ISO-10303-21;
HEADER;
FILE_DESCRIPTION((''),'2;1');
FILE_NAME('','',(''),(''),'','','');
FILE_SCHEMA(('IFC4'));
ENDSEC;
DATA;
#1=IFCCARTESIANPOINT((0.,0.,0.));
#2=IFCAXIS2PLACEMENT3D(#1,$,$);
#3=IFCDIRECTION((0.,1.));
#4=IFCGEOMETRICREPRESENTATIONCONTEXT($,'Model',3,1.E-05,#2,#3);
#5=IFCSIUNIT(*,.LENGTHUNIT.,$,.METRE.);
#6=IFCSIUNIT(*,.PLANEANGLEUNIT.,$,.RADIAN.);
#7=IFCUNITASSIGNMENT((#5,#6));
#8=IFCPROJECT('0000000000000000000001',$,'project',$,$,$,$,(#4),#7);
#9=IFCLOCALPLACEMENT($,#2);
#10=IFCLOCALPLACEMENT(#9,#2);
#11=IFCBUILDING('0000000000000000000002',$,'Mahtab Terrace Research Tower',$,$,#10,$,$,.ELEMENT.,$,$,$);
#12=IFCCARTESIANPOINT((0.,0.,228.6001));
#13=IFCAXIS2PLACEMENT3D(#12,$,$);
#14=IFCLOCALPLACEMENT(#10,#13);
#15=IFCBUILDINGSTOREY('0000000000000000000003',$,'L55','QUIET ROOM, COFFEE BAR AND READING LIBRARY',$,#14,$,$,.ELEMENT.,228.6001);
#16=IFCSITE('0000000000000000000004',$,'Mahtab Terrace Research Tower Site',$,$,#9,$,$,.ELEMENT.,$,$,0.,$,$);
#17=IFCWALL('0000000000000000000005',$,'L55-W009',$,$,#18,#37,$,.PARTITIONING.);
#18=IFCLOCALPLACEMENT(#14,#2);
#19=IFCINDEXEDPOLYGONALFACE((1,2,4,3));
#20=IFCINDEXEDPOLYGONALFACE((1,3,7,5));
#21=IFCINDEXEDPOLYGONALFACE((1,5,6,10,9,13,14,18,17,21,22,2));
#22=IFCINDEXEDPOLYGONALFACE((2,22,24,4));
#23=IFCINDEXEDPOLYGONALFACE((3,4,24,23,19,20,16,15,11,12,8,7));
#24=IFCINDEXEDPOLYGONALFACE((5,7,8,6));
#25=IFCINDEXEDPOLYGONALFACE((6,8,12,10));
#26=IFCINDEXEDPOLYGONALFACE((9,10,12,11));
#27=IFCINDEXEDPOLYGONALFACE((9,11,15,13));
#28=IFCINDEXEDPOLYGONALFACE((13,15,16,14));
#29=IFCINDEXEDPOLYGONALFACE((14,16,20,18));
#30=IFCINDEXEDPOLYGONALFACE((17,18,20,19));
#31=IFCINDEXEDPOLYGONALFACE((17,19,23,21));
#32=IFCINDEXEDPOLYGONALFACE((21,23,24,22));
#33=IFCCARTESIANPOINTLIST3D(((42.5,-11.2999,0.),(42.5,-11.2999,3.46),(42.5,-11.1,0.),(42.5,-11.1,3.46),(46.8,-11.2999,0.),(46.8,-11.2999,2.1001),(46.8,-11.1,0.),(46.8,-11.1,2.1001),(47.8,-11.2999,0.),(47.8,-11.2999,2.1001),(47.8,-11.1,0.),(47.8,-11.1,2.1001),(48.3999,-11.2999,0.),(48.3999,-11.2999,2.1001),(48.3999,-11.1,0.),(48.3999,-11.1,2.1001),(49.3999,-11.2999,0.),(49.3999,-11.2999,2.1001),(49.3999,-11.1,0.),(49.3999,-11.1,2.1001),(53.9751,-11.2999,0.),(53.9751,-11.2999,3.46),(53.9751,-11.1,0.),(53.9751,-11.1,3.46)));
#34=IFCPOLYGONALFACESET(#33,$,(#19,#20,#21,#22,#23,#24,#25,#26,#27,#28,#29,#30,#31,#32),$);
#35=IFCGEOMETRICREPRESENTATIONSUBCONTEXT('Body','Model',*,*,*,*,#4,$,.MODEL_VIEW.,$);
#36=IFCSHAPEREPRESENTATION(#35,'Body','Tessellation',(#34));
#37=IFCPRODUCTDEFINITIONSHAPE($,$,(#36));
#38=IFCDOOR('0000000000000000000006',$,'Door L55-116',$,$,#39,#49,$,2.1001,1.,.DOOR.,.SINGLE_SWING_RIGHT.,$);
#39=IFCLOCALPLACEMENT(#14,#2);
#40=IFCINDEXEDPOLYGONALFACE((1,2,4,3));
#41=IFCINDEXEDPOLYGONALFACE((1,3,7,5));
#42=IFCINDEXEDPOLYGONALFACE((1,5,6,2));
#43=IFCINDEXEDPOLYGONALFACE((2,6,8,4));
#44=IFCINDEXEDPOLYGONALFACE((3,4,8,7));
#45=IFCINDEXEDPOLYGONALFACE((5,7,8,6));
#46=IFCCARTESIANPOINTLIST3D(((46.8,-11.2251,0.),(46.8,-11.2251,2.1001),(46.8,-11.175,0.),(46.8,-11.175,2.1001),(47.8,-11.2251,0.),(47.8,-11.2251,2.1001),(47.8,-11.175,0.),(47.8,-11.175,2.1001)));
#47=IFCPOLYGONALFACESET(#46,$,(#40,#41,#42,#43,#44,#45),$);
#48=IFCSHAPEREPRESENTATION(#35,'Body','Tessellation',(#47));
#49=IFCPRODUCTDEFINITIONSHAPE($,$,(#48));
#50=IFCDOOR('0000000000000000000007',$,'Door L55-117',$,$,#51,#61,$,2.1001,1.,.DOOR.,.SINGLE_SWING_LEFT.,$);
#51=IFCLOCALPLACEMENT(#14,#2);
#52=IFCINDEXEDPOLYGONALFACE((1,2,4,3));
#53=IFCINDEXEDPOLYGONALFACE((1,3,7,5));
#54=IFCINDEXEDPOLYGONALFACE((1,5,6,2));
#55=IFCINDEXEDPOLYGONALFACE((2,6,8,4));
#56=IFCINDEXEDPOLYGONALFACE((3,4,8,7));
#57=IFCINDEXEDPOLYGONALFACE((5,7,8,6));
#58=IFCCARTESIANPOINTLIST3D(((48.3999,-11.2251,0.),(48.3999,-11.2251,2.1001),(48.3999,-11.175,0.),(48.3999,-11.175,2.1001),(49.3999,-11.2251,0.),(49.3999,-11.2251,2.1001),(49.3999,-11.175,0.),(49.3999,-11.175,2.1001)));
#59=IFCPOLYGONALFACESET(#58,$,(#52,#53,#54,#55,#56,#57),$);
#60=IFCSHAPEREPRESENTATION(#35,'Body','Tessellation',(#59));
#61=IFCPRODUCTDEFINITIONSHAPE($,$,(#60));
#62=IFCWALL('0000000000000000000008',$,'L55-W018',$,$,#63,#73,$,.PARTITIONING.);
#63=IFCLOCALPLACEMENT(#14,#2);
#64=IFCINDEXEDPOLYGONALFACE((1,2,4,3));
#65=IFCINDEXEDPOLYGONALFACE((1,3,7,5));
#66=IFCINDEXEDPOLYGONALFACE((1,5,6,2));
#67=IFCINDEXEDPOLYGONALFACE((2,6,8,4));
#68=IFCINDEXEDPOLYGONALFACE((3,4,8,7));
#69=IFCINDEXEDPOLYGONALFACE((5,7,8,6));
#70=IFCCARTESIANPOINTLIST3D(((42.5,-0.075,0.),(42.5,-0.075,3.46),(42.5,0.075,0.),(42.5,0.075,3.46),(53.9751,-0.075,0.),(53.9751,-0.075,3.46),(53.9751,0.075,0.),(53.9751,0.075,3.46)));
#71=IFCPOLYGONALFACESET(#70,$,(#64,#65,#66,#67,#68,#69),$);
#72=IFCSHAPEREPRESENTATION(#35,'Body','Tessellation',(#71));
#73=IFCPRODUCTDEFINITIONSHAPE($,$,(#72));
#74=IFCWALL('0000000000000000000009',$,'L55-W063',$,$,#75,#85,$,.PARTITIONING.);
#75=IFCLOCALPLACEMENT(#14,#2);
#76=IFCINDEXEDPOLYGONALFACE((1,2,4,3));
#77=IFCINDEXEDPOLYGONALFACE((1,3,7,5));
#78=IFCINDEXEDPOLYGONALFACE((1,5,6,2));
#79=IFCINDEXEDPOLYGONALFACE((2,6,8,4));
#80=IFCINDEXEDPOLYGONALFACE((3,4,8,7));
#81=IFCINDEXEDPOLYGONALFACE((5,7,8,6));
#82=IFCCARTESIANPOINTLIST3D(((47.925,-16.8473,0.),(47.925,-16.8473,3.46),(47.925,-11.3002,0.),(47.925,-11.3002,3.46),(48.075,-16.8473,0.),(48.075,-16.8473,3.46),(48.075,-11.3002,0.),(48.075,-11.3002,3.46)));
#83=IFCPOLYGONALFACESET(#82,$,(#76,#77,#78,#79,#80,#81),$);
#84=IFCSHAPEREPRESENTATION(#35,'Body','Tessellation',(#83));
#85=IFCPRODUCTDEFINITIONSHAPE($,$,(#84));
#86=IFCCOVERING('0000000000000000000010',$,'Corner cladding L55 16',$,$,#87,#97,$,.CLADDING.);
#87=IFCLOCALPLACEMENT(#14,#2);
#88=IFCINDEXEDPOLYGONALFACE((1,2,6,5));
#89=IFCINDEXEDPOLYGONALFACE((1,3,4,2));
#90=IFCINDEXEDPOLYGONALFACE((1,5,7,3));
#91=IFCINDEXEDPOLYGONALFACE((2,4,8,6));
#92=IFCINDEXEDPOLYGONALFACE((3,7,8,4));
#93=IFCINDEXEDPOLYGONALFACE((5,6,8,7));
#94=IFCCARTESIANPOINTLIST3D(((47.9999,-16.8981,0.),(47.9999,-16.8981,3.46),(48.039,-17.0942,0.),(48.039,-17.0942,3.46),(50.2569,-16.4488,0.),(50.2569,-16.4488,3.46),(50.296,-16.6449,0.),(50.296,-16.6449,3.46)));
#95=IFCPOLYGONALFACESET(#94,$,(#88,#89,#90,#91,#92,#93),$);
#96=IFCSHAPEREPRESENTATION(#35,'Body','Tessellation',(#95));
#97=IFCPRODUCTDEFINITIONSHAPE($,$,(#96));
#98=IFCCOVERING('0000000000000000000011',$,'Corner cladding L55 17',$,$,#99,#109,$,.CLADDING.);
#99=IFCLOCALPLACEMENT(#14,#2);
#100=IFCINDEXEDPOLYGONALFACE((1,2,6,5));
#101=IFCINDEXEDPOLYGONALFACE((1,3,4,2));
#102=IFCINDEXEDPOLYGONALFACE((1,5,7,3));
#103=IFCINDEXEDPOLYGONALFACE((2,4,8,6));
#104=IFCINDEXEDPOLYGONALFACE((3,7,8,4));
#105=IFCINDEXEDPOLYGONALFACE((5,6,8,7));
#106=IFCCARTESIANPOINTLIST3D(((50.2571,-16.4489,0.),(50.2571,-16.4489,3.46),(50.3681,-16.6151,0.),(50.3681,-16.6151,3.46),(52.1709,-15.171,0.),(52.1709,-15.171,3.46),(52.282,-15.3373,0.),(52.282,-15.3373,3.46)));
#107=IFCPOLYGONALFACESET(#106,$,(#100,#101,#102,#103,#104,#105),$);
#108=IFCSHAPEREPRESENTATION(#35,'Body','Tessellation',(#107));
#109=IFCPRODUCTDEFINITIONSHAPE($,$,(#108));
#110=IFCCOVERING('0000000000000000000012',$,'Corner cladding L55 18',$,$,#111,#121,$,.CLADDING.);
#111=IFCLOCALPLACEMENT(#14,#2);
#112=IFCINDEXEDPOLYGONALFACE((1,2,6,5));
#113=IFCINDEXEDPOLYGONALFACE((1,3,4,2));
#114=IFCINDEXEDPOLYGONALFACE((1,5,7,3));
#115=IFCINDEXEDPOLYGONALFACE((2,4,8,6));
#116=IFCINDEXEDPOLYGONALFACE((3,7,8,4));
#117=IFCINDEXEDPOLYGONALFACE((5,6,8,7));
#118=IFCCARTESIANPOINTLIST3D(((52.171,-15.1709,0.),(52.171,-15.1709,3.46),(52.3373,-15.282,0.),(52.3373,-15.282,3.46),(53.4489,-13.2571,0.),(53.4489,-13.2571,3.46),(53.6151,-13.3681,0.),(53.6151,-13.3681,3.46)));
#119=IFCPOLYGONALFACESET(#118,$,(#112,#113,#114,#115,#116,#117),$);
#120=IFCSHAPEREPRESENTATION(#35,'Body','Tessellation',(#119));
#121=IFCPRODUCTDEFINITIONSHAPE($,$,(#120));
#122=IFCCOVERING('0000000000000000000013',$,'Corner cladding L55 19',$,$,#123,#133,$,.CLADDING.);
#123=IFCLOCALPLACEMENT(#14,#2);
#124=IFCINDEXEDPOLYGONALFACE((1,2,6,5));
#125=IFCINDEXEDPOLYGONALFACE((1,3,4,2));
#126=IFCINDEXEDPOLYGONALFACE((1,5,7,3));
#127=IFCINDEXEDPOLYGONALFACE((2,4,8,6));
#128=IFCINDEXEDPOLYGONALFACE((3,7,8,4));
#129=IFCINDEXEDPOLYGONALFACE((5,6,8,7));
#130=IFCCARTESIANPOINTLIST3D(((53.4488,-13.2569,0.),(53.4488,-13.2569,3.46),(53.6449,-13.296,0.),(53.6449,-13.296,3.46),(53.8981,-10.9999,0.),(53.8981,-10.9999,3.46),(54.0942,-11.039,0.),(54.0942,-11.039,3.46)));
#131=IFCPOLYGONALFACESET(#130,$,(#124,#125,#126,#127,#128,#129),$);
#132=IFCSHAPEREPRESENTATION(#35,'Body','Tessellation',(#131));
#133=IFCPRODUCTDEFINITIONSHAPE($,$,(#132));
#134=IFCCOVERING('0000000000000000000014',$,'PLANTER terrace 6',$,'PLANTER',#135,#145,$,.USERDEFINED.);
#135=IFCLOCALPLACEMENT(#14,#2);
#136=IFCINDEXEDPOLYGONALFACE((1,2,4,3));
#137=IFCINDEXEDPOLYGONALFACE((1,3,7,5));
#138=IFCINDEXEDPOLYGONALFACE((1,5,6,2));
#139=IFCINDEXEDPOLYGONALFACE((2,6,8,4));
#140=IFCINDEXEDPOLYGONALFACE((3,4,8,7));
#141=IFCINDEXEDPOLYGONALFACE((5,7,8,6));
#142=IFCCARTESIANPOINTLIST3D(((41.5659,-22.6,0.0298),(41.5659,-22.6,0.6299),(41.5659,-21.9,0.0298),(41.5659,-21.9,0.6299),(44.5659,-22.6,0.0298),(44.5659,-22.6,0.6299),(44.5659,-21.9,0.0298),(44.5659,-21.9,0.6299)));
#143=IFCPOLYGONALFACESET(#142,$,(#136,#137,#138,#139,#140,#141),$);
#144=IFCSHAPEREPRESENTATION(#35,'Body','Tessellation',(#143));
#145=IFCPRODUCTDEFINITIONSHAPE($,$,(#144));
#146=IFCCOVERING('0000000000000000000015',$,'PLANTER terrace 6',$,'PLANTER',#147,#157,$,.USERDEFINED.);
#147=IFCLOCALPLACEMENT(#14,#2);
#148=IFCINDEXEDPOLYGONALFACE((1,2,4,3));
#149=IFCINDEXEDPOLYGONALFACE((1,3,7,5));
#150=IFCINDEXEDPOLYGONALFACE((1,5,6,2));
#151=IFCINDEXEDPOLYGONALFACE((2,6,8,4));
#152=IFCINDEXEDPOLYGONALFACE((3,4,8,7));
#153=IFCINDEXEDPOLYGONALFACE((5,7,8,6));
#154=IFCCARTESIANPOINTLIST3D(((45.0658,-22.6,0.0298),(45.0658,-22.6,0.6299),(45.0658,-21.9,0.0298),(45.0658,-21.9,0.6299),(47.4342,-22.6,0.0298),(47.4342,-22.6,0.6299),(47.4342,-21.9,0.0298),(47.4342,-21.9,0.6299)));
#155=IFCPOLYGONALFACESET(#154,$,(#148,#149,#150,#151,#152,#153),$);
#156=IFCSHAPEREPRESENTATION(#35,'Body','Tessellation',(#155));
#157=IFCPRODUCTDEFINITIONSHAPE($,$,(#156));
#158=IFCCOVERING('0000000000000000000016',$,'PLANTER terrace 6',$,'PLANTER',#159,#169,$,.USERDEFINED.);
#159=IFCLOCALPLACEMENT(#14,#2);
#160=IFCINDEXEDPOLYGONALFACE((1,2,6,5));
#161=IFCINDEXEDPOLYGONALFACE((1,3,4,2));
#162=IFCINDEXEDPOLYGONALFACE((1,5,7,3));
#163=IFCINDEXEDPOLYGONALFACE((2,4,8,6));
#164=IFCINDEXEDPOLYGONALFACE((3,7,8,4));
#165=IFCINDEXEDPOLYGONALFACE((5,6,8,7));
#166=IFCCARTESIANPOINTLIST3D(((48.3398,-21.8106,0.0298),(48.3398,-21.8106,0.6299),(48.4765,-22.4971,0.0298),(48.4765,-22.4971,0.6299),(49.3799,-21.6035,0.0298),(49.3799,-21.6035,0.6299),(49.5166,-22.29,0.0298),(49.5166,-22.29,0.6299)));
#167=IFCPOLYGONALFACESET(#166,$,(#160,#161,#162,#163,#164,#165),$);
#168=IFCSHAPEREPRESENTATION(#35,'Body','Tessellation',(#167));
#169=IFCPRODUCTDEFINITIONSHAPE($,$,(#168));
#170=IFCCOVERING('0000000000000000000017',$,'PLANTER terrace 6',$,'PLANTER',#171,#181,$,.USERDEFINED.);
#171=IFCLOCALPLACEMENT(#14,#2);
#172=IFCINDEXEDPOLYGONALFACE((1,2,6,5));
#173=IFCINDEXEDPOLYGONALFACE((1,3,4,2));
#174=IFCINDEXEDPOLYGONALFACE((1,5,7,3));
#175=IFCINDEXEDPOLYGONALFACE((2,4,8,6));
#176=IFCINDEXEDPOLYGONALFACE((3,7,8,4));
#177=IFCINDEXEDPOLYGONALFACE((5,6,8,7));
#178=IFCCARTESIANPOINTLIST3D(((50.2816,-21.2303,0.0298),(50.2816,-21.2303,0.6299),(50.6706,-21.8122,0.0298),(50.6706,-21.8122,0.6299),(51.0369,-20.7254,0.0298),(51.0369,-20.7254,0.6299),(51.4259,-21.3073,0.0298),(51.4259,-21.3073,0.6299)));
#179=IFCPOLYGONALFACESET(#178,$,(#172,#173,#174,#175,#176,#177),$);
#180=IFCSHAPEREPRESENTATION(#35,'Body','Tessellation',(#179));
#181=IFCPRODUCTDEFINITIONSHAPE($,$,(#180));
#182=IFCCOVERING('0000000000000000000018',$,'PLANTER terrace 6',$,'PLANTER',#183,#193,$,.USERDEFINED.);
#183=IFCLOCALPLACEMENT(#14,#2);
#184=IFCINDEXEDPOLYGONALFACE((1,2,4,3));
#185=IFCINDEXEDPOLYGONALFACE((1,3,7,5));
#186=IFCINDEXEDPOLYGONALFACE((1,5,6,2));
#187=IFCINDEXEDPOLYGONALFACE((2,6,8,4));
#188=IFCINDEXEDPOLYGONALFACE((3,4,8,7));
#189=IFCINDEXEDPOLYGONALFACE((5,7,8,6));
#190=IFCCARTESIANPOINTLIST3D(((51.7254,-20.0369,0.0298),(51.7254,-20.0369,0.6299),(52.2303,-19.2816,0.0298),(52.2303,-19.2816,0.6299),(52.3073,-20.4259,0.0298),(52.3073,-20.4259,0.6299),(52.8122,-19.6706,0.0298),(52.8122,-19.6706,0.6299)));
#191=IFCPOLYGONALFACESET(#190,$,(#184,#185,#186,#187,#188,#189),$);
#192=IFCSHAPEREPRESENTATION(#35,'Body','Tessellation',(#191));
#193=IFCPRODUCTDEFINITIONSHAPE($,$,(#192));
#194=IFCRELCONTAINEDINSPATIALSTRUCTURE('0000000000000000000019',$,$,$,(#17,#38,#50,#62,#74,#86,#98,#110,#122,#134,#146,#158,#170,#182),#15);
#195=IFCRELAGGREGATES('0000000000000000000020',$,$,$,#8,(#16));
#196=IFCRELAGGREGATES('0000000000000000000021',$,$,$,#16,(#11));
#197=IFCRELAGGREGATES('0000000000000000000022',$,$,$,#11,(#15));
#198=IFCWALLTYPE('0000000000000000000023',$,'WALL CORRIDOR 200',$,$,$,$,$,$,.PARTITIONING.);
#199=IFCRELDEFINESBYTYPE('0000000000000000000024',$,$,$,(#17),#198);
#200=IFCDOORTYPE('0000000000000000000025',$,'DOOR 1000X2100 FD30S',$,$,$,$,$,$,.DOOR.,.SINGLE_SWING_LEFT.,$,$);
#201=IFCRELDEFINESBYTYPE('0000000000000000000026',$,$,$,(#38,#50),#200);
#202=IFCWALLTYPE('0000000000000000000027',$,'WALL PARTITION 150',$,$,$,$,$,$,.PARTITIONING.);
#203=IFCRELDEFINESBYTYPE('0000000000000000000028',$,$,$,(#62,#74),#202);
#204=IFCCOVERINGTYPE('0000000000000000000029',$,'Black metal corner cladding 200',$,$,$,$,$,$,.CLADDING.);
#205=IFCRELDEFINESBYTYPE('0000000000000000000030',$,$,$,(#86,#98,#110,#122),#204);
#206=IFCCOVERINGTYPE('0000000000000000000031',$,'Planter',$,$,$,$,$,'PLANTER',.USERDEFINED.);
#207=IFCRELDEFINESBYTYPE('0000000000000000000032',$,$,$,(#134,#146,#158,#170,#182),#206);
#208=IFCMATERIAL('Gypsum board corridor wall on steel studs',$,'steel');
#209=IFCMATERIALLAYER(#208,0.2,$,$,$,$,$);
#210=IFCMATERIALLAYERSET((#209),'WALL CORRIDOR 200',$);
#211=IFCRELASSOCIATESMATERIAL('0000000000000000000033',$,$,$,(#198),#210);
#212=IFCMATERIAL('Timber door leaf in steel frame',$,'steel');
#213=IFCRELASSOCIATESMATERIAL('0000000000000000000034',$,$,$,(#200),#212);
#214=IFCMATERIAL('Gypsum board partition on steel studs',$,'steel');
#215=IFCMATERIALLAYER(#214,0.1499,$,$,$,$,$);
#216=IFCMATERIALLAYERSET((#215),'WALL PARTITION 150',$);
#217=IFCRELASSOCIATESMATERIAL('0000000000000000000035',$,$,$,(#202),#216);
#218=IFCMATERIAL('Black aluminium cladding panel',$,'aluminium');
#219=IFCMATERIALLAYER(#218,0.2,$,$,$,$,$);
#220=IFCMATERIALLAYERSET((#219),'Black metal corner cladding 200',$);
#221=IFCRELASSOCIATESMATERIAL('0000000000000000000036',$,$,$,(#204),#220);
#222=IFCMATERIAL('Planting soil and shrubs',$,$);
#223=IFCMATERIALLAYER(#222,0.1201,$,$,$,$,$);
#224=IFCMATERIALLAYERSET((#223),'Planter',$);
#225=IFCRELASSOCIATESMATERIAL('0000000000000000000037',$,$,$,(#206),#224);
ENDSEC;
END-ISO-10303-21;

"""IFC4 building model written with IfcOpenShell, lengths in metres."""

from ifc_helpers import new_model, si_unit, direction, frame, frame_2d, origin, origin_2d, place, context, subcontext, project, spatial, rectangle, extrude, material, layer, layer_set, type_object, element, fill, save


model = new_model("IFC4")

# Units and contexts
model_context = context("Model", 3, precision=1e-05, world=origin(), true_north=direction((0.0, 1.0)))
body_context = subcontext(model_context, "Body", "Model", "MODEL_VIEW")
ifc_project = project(units=[si_unit("LENGTHUNIT", "METRE"), si_unit("PLANEANGLEUNIT", "RADIAN")], contexts=[model_context])

# Site, building, storey
site_placement = place(None, origin())
site = spatial("IfcSite", under=ifc_project, at=site_placement, Name="Mahtab Terrace Research Tower Site", CompositionType="ELEMENT", RefElevation=0.0)
building_placement = place(site_placement, origin())
building = spatial("IfcBuilding", under=site, at=building_placement, Name="Mahtab Terrace Research Tower", CompositionType="ELEMENT")
storey_placement = place(building_placement, frame((0.0, 0.0, 228.6001)))
storey = spatial("IfcBuildingStorey", under=building, at=storey_placement, Name="L55", Description="QUIET ROOM, COFFEE BAR AND READING LIBRARY", CompositionType="ELEMENT", Elevation=228.6001)

# Wall, openings, doors
ifc_material_1 = material(Name="Gypsum board corridor wall on steel studs", Category="steel")
ifc_layer_1 = layer(ifc_material_1, 0.2)
ifc_layer_set_1 = layer_set([ifc_layer_1], Name="WALL CORRIDOR 200")
wall_type_1 = type_object("IfcWallType", Name="WALL CORRIDOR 200", PredefinedType="PARTITIONING", material=ifc_layer_set_1)
wall_1_placement = place(storey_placement, frame((42.5, -11.2, 0.0), z_axis=(0.0, 0.0, 1.0), x_axis=(1.0, 0.0, 0.0)))
wall_1 = element("IfcWall", 1, at=wall_1_placement, inside=storey, type_object=wall_type_1, Name="L55-W009", PredefinedType="PARTITIONING", context=body_context, shape_type="SweptSolid", body=[
    extrude(rectangle(XDim=11.4751, YDim=0.2, at=frame_2d((5.7375, 0.0))), origin(), (0.0, 0.0, 1.0), 3.46),
])
opening_1_placement = place(wall_1_placement, frame((4.3, 0.0, 0.0)))
opening_1 = element("IfcOpeningElement", 2, at=opening_1_placement, cuts=wall_1, PredefinedType="OPENING", context=body_context, shape_type="SweptSolid", body=[
    extrude(rectangle(XDim=1.0, YDim=2.1001, at=frame_2d((0.5, 1.05))), frame((0.0, 0.1099, 0.0), z_axis=(0.0, -1.0, 0.0), x_axis=(1.0, 0.0, 0.0)), (0.0, 0.0, 1.0), 0.22),
])
opening_2_placement = place(wall_1_placement, frame((5.8999, 0.0, 0.0)))
opening_2 = element("IfcOpeningElement", 3, at=opening_2_placement, cuts=wall_1, PredefinedType="OPENING", context=body_context, shape_type="SweptSolid", body=[
    extrude(rectangle(XDim=1.0, YDim=2.1001, at=frame_2d((0.5, 1.05))), frame((0.0, 0.1099, 0.0), z_axis=(0.0, -1.0, 0.0), x_axis=(1.0, 0.0, 0.0)), (0.0, 0.0, 1.0), 0.22),
])
ifc_material_2 = material(Name="Timber door leaf in steel frame", Category="steel")
door_type = type_object("IfcDoorType", Name="DOOR 1000X2100 FD30S", OperationType="SINGLE_SWING_LEFT", PredefinedType="DOOR", material=ifc_material_2)
door_1_placement = place(opening_1_placement, origin())
door_1 = element("IfcDoor", 4, at=door_1_placement, inside=storey, type_object=door_type, Name="Door L55-116", OperationType="SINGLE_SWING_RIGHT", OverallHeight=2.1001, OverallWidth=1.0, PredefinedType="DOOR", context=body_context, shape_type="SweptSolid", body=[
    extrude(rectangle(XDim=1.0, YDim=2.1001, at=frame_2d((0.5, 1.05))), frame((0.0, 0.0249, 0.0), z_axis=(0.0, -1.0, 0.0), x_axis=(1.0, 0.0, 0.0)), (0.0, 0.0, 1.0), 0.05),
])
fill(opening_1, door_1)
door_2_placement = place(opening_2_placement, origin())
door_2 = element("IfcDoor", 5, at=door_2_placement, inside=storey, type_object=door_type, Name="Door L55-117", OperationType="SINGLE_SWING_LEFT", OverallHeight=2.1001, OverallWidth=1.0, PredefinedType="DOOR", context=body_context, shape_type="SweptSolid", body=[
    extrude(rectangle(XDim=1.0, YDim=2.1001, at=frame_2d((0.5, 1.05))), frame((0.0, 0.0249, 0.0), z_axis=(0.0, -1.0, 0.0), x_axis=(1.0, 0.0, 0.0)), (0.0, 0.0, 1.0), 0.05),
])
fill(opening_2, door_2)

# Walls
ifc_material_3 = material(Name="Gypsum board partition on steel studs", Category="steel")
ifc_layer_2 = layer(ifc_material_3, 0.1499)
ifc_layer_set_2 = layer_set([ifc_layer_2], Name="WALL PARTITION 150")
wall_type_2 = type_object("IfcWallType", Name="WALL PARTITION 150", PredefinedType="PARTITIONING", material=ifc_layer_set_2)
wall_2_placement = place(storey_placement, frame((42.5, 0.0, 0.0), z_axis=(0.0, 0.0, 1.0), x_axis=(1.0, 0.0, 0.0)))
element("IfcWall", 6, at=wall_2_placement, inside=storey, type_object=wall_type_2, Name="L55-W018", PredefinedType="PARTITIONING", context=body_context, shape_type="SweptSolid", body=[
    extrude(rectangle(XDim=11.4751, YDim=0.1499, at=frame_2d((5.7375, 0.0))), origin(), (0.0, 0.0, 1.0), 3.46),
])
wall_3_placement = place(storey_placement, frame((48.0, -16.8472, 0.0), z_axis=(0.0, 0.0, 1.0), x_axis=(0.0, 1.0, 0.0)))
element("IfcWall", 7, at=wall_3_placement, inside=storey, type_object=wall_type_2, Name="L55-W063", PredefinedType="PARTITIONING", context=body_context, shape_type="SweptSolid", body=[
    extrude(rectangle(XDim=5.5471, YDim=0.1499, at=frame_2d((2.7734, 0.0))), origin(), (0.0, 0.0, 1.0), 3.46),
])

# Coverings
ifc_material_4 = material(Name="Black aluminium cladding panel", Category="aluminium")
ifc_layer_3 = layer(ifc_material_4, 0.2)
ifc_layer_set_3 = layer_set([ifc_layer_3], Name="Black metal corner cladding 200")
covering_type_1 = type_object("IfcCoveringType", Name="Black metal corner cladding 200", PredefinedType="CLADDING", material=ifc_layer_set_3)
for number, where, z_axis, x_axis, name in (
    (8, (49.1479, -16.7715, 0.0), (0.0, 0.0, 1.0), (0.980761, 0.195212, 0.0), "Corner cladding L55 16"),
    (9, (51.2695, -15.8931, 0.0), (0.0, 0.0, 1.0), (0.831656, 0.555291, 0.0), "Corner cladding L55 17"),
    (10, (52.8931, -14.2695, 0.0), (0.0, 0.0, 1.0), (0.555291, 0.831656, 0.0), "Corner cladding L55 18"),
    (11, (53.7715, -12.1479, 0.0), (0.0, 0.0, 1.0), (0.195212, 0.980761, 0.0), "Corner cladding L55 19"),
):
    element("IfcCovering", number, at=place(storey_placement, frame(where, z_axis=z_axis, x_axis=x_axis)), inside=storey, type_object=covering_type_1, Name=name, PredefinedType="CLADDING", context=body_context, shape_type="SweptSolid", body=[
        extrude(rectangle(XDim=2.3013, YDim=0.2, at=origin_2d()), origin(), (0.0, 0.0, 1.0), 3.46),
    ])
ifc_material_5 = material(Name="Planting soil and shrubs")
ifc_layer_4 = layer(ifc_material_5, 0.1201)
ifc_layer_set_4 = layer_set([ifc_layer_4], Name="Planter")
covering_type_2 = type_object("IfcCoveringType", Name="Planter", ElementType="PLANTER", PredefinedType="USERDEFINED", material=ifc_layer_set_4)
covering_1_placement = place(storey_placement, frame((43.0659, -22.25, 0.0298), z_axis=(0.0, 0.0, 1.0), x_axis=(1.0, 0.0, 0.0)))
element("IfcCovering", 12, at=covering_1_placement, inside=storey, type_object=covering_type_2, Name="PLANTER terrace 6", ObjectType="PLANTER", PredefinedType="USERDEFINED", context=body_context, shape_type="SweptSolid", body=[
    extrude(rectangle(XDim=3.0, YDim=0.7, at=origin_2d()), origin(), (0.0, 0.0, 1.0), 0.6001),
])
covering_2_placement = place(storey_placement, frame((46.25, -22.25, 0.0298), z_axis=(0.0, 0.0, 1.0), x_axis=(1.0, 0.0, 0.0)))
element("IfcCovering", 13, at=covering_2_placement, inside=storey, type_object=covering_type_2, Name="PLANTER terrace 6", ObjectType="PLANTER", PredefinedType="USERDEFINED", context=body_context, shape_type="SweptSolid", body=[
    extrude(rectangle(XDim=2.3684, YDim=0.7, at=origin_2d()), origin(), (0.0, 0.0, 1.0), 0.6001),
])
covering_3_placement = place(storey_placement, frame((48.9282, -22.0503, 0.0298), z_axis=(0.0, 0.0, 1.0), x_axis=(0.980743, 0.195304, 0.0)))
element("IfcCovering", 14, at=covering_3_placement, inside=storey, type_object=covering_type_2, Name="PLANTER terrace 6", ObjectType="PLANTER", PredefinedType="USERDEFINED", context=body_context, shape_type="SweptSolid", body=[
    extrude(rectangle(XDim=1.0605, YDim=0.7, at=origin_2d()), origin(), (0.0, 0.0, 1.0), 0.6001),
])
for number, where, z_axis, x_axis, name in (
    (15, (50.8538, -21.2688, 0.0298), (0.0, 0.0, 1.0), (0.831344, 0.555757, 0.0), "PLANTER terrace 6"),
    (16, (52.2688, -19.8538, 0.0298), (0.0, 0.0, 1.0), (0.555757, 0.831344, 0.0), "PLANTER terrace 6"),
):
    element("IfcCovering", number, at=place(storey_placement, frame(where, z_axis=z_axis, x_axis=x_axis)), inside=storey, type_object=covering_type_2, Name=name, ObjectType="PLANTER", PredefinedType="USERDEFINED", context=body_context, shape_type="SweptSolid", body=[
        extrude(rectangle(XDim=0.9084, YDim=0.7, at=origin_2d()), origin(), (0.0, 0.0, 1.0), 0.6001),
    ])

save(model, "model.ifc")
